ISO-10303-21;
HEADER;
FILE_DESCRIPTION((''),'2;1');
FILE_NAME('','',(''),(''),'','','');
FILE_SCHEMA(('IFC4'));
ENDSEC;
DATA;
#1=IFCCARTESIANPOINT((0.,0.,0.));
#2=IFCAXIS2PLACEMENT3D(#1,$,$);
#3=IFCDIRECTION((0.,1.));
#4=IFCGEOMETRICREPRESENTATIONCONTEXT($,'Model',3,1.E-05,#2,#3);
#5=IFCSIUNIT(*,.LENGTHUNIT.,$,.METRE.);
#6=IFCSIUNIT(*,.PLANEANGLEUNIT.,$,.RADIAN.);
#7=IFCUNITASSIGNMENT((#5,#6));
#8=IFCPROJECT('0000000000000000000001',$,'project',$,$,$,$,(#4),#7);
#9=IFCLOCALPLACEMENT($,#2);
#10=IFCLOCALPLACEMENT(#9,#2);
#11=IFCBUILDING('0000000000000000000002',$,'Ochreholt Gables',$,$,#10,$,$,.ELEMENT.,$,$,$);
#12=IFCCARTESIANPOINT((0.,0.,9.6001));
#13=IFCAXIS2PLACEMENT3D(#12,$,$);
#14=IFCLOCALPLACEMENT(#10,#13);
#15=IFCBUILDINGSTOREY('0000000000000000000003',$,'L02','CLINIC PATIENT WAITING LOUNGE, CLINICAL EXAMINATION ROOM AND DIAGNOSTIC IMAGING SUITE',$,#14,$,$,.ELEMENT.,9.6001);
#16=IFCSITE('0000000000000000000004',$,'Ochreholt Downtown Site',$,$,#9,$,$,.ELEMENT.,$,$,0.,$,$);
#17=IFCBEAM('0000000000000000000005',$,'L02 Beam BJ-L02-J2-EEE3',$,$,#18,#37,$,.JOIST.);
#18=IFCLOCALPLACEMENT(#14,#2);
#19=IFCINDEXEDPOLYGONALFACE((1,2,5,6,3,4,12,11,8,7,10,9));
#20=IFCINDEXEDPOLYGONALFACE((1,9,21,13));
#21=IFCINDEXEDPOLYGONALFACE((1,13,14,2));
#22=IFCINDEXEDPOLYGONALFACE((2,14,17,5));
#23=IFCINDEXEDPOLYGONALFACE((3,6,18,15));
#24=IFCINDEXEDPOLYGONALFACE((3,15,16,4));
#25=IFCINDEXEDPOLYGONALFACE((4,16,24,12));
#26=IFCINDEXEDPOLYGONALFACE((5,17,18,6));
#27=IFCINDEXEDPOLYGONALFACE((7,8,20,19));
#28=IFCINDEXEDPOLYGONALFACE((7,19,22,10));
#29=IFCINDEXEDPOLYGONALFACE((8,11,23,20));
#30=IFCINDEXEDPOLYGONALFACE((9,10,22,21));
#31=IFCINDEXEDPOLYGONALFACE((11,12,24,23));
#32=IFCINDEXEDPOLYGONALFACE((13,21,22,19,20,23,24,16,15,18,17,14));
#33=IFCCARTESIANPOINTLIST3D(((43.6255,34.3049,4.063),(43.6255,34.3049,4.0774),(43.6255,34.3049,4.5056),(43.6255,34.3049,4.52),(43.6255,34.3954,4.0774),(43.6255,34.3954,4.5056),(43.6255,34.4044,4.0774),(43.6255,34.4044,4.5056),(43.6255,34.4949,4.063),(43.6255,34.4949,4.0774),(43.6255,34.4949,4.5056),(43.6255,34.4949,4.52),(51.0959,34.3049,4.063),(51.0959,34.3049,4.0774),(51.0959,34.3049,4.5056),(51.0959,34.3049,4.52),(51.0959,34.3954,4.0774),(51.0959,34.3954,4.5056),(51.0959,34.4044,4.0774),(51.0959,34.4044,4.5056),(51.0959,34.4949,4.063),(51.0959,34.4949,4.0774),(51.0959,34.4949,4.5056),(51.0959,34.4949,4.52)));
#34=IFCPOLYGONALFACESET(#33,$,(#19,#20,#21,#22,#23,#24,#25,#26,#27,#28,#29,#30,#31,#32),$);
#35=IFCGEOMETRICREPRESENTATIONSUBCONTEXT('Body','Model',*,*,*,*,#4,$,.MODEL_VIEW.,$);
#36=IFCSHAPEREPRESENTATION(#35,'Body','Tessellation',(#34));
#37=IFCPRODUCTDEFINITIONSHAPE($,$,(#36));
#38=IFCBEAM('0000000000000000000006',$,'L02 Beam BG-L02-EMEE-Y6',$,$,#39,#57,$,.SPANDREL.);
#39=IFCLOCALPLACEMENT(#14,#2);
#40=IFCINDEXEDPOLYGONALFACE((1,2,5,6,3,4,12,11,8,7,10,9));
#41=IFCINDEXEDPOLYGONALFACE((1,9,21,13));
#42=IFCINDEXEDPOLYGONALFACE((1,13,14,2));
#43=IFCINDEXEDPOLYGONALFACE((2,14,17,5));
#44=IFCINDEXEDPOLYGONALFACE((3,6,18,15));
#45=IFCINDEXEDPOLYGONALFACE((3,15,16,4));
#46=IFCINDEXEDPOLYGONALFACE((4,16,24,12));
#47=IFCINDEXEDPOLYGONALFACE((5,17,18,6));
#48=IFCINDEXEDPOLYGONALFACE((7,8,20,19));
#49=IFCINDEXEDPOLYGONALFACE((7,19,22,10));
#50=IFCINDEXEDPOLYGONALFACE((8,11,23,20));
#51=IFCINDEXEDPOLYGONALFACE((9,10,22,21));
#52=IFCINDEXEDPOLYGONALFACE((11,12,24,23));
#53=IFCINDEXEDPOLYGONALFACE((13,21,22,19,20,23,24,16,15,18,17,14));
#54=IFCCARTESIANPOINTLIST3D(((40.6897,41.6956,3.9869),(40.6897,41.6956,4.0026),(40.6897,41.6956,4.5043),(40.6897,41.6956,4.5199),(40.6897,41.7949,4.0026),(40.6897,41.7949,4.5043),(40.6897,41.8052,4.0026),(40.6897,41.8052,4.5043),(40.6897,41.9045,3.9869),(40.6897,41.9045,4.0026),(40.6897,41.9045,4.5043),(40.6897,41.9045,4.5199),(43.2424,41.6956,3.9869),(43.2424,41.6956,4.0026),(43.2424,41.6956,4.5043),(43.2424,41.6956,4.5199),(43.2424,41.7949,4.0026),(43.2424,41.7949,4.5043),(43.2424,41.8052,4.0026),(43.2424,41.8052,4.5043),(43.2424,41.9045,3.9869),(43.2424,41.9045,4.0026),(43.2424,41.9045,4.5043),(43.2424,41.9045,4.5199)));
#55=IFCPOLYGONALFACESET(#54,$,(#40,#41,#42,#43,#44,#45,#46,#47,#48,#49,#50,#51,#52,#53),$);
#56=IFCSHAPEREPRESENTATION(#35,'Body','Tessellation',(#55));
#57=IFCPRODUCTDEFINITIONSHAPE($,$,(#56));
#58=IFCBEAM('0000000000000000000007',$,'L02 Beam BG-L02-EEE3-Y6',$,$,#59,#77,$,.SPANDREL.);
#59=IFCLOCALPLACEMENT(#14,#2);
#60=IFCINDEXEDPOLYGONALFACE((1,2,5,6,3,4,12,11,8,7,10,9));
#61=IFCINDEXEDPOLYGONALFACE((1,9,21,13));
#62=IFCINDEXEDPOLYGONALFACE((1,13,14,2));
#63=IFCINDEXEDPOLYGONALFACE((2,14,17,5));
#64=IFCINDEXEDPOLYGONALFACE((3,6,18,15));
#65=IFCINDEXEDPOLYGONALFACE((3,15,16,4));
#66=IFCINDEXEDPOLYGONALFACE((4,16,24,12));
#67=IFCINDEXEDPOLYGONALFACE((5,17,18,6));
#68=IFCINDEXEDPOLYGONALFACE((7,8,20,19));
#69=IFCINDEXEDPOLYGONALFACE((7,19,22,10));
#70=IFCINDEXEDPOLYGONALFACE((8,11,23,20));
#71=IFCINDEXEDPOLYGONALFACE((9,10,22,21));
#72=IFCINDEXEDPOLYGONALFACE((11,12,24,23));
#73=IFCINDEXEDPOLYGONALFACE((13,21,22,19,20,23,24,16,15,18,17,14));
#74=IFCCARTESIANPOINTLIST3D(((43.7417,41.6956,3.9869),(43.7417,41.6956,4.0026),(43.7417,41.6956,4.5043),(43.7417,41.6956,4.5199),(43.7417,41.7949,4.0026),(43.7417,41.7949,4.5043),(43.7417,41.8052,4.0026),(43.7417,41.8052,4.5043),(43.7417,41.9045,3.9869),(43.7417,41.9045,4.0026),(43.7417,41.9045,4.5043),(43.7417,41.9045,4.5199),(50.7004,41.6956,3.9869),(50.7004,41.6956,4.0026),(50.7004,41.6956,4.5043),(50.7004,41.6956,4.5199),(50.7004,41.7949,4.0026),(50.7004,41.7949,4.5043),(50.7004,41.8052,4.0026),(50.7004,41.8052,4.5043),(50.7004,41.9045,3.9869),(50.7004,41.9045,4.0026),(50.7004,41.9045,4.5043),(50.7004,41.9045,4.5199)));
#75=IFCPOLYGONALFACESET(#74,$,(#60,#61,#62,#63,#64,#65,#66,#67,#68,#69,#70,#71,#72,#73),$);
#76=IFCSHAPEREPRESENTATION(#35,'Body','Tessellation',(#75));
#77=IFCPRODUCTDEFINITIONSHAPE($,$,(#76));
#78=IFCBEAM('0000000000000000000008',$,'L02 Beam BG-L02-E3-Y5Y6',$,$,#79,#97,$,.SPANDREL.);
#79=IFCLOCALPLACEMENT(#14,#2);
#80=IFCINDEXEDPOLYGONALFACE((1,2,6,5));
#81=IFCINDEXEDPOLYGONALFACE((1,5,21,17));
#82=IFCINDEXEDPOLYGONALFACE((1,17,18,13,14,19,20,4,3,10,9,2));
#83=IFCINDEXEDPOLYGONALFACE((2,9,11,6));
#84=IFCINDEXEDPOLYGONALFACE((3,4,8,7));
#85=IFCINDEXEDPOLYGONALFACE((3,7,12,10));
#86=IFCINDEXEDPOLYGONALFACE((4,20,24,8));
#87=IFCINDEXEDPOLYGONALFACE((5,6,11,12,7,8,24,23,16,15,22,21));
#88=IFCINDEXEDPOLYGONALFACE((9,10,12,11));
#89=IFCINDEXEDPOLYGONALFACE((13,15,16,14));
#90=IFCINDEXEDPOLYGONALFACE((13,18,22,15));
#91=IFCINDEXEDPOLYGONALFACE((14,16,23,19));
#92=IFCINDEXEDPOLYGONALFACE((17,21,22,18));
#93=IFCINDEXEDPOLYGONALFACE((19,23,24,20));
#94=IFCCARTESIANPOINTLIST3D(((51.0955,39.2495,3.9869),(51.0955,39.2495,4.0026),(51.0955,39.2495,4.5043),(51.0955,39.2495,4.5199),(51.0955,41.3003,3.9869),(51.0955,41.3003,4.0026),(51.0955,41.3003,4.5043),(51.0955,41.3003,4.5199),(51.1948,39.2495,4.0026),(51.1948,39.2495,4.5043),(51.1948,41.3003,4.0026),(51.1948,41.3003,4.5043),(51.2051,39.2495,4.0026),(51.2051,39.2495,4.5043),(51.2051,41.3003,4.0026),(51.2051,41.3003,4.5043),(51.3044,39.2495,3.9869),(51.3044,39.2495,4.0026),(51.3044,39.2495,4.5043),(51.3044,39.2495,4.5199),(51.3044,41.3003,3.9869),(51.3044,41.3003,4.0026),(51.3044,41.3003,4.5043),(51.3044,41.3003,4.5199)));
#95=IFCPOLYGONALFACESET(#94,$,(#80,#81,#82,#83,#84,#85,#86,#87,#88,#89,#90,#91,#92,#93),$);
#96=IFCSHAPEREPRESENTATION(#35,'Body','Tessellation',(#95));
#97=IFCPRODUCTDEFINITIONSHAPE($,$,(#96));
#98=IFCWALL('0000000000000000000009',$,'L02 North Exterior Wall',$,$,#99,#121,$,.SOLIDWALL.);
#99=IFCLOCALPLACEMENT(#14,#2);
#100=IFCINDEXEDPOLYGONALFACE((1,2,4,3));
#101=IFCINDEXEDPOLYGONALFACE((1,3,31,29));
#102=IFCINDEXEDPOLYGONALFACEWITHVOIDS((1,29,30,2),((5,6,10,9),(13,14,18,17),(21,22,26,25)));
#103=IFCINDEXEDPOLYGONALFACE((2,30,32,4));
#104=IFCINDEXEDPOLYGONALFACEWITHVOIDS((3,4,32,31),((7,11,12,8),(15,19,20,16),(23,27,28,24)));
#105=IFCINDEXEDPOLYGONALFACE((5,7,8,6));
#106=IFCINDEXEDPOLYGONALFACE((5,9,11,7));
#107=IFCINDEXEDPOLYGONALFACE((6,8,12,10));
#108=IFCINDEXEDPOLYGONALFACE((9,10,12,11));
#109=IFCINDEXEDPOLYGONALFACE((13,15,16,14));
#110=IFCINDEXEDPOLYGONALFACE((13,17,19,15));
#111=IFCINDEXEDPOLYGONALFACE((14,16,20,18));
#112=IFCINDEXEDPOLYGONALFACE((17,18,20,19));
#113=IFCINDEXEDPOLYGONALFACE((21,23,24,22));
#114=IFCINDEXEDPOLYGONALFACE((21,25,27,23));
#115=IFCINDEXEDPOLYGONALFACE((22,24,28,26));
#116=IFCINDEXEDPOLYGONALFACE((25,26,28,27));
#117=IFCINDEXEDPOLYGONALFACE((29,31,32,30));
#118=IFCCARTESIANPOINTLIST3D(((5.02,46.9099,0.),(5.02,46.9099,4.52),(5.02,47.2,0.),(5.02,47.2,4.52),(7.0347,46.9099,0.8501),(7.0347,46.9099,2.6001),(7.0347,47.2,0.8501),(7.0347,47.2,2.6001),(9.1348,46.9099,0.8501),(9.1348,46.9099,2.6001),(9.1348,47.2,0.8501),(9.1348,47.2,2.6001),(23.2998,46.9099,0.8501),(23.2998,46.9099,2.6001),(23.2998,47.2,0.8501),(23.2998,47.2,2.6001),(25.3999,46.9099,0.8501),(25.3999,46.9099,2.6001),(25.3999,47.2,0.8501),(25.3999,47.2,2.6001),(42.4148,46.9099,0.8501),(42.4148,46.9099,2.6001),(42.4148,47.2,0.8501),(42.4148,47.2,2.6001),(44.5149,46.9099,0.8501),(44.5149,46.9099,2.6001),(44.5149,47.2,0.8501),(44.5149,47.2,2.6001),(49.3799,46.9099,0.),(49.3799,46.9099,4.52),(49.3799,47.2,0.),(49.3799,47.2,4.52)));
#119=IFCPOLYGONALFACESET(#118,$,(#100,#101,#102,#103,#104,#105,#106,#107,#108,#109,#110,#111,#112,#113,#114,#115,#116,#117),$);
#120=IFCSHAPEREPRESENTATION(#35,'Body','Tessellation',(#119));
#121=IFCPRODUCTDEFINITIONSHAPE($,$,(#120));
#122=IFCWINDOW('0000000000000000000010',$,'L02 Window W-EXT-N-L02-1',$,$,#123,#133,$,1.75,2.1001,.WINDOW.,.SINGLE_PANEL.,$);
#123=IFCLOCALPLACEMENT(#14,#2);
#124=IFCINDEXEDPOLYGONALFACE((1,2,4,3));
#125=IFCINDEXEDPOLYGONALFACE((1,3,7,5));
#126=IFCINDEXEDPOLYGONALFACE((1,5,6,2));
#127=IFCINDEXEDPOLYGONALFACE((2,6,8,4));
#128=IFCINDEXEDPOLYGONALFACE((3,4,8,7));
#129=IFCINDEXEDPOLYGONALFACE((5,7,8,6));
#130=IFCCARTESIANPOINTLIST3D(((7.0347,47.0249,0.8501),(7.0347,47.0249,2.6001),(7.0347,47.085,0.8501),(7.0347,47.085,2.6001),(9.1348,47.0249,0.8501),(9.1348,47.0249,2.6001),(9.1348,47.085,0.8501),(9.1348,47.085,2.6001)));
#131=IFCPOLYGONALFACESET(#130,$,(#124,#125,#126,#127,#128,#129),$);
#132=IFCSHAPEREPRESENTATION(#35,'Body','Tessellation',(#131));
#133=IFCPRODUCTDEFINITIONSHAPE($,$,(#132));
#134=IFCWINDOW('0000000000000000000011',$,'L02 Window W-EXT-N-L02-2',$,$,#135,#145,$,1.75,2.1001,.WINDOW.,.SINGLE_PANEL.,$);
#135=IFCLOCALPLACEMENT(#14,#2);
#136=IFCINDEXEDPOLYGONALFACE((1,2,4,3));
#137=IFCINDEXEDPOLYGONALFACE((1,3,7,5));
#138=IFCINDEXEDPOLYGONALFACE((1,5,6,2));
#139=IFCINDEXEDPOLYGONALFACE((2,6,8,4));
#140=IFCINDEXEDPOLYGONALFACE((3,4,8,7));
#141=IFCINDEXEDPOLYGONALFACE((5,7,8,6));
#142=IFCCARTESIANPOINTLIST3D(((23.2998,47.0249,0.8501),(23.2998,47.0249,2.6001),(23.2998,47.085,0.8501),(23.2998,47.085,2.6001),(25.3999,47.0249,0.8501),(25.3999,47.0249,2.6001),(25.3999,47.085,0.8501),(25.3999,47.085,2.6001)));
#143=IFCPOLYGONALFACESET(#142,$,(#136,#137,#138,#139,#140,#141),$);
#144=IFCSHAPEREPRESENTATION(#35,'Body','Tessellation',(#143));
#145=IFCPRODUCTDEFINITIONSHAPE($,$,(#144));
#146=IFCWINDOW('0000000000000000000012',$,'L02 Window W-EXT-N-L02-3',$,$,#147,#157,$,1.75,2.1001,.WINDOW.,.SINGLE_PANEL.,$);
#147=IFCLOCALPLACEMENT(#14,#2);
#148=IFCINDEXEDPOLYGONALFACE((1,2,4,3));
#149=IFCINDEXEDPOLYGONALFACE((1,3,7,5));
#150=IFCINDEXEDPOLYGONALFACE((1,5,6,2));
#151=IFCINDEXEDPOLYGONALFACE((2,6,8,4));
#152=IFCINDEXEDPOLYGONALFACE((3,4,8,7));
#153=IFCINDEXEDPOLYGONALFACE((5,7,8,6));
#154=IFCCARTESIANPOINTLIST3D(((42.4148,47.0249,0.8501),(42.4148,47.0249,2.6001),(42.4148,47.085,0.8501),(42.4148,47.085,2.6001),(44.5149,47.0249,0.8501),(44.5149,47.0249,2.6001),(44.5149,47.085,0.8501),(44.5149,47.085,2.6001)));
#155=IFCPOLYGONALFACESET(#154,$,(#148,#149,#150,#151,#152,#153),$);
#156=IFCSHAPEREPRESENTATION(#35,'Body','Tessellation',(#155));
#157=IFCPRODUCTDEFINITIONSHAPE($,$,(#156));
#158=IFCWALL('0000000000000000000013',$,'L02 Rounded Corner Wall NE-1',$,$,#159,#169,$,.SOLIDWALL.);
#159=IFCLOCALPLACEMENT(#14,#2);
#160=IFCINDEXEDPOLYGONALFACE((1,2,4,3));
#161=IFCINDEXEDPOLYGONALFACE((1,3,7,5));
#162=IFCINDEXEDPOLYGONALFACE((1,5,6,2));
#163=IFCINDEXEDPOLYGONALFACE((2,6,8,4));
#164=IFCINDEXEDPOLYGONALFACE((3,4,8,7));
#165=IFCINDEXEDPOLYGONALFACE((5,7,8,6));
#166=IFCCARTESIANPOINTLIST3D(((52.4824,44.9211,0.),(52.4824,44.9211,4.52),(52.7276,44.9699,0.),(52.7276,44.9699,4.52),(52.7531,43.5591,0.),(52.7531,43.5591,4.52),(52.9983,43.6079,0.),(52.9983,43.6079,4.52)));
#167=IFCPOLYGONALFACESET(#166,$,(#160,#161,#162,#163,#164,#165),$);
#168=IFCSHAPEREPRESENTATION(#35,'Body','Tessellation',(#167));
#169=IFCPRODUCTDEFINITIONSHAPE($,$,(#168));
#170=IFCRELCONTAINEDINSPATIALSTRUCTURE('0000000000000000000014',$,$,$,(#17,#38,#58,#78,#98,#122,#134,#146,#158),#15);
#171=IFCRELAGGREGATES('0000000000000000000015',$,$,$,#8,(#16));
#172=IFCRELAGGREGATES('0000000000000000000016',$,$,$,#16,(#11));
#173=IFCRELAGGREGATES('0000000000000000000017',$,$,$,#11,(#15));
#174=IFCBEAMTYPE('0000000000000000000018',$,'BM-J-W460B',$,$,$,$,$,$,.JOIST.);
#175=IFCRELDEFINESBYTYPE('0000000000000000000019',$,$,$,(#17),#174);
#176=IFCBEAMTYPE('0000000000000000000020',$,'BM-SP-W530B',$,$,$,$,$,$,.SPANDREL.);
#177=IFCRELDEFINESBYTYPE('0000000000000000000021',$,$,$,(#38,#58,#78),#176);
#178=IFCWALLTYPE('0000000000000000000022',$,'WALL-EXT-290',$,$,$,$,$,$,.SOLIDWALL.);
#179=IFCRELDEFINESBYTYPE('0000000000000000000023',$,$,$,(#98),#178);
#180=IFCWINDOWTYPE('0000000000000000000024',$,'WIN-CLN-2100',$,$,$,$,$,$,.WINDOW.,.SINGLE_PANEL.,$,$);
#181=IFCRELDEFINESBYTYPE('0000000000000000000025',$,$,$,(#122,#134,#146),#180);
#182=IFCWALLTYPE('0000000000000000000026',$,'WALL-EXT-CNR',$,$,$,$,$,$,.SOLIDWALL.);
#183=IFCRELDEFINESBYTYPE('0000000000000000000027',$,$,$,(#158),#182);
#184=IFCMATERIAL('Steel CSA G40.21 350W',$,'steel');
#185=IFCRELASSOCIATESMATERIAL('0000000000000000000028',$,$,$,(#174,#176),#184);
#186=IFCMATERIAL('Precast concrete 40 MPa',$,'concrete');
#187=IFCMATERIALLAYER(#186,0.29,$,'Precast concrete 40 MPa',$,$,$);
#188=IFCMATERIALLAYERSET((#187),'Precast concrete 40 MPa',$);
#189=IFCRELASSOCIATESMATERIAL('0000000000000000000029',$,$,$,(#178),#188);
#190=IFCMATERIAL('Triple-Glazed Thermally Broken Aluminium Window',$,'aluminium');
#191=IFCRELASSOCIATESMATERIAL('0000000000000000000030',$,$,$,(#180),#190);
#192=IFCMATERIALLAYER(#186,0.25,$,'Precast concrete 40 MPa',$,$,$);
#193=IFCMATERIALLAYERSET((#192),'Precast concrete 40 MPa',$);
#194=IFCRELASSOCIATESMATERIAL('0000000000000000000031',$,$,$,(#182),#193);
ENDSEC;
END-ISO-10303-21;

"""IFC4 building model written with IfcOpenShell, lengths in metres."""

from ifc_helpers import new_model, si_unit, direction, frame, frame_2d, origin, origin_2d, place, context, subcontext, project, spatial, rectangle, i_section, extrude, material, layer, layer_set, material_profile, profile_set, type_object, element, fill, save


model = new_model("IFC4")

# Units and contexts
model_context = context("Model", 3, precision=1e-05, world=origin(), true_north=direction((0.0, 1.0)))
body_context = subcontext(model_context, "Body", "Model", "MODEL_VIEW")
ifc_project = project(units=[si_unit("LENGTHUNIT", "METRE"), si_unit("PLANEANGLEUNIT", "RADIAN")], contexts=[model_context])

# Site, building, storey
site_placement = place(None, origin())
site = spatial("IfcSite", under=ifc_project, at=site_placement, Name="Ochreholt Downtown Site", CompositionType="ELEMENT", RefElevation=0.0)
building_placement = place(site_placement, origin())
building = spatial("IfcBuilding", under=site, at=building_placement, Name="Ochreholt Gables", CompositionType="ELEMENT")
storey_placement = place(building_placement, frame((0.0, 0.0, 9.6001)))
storey = spatial("IfcBuildingStorey", under=building, at=storey_placement, Name="L02", Description="CLINIC PATIENT WAITING LOUNGE, CLINICAL EXAMINATION ROOM AND DIAGNOSTIC IMAGING SUITE", CompositionType="ELEMENT", Elevation=9.6001)

# Shared definitions
ifc_material_1 = material(Name="Steel CSA G40.21 350W", Category="steel")

# Beams
ifc_material_profile_1 = material_profile(ifc_material_1, i_section(OverallWidth=0.1899, OverallDepth=0.457, WebThickness=0.009, FlangeThickness=0.0144, at=origin_2d()), Name="W460X74")
ifc_profile_set_1 = profile_set([ifc_material_profile_1], Name="Steel CSA G40.21 350W")
beam_type_1 = type_object("IfcBeamType", Name="BM-J-W460B", PredefinedType="JOIST", material=ifc_profile_set_1)
beam_1_placement = place(storey_placement, frame((43.6255, 34.3999, 4.2915), z_axis=(1.0, 0.0, 0.0), x_axis=(0.0, 1.0, 0.0)))
element("IfcBeam", 1, at=beam_1_placement, inside=storey, type_object=beam_type_1, Name="L02 Beam BJ-L02-J2-EEE3", PredefinedType="JOIST", context=body_context, shape_type="SweptSolid", body=[
    extrude(i_section(OverallWidth=0.1899, OverallDepth=0.457, WebThickness=0.009, FlangeThickness=0.0144, at=origin_2d()), origin(), (0.0, 0.0, 1.0), 7.4705),
])
ifc_material_profile_2 = material_profile(ifc_material_1, i_section(OverallWidth=0.209, OverallDepth=0.533, WebThickness=0.0103, FlangeThickness=0.0156, at=origin_2d()), Name="W530X92")
ifc_profile_set_2 = profile_set([ifc_material_profile_2], Name="Steel CSA G40.21 350W")
beam_type_2 = type_object("IfcBeamType", Name="BM-SP-W530B", PredefinedType="SPANDREL", material=ifc_profile_set_2)
beam_2_placement = place(storey_placement, frame((40.6897, 41.8, 4.2534), z_axis=(1.0, 0.0, 0.0), x_axis=(0.0, 1.0, 0.0)))
element("IfcBeam", 2, at=beam_2_placement, inside=storey, type_object=beam_type_2, Name="L02 Beam BG-L02-EMEE-Y6", PredefinedType="SPANDREL", context=body_context, shape_type="SweptSolid", body=[
    extrude(i_section(OverallWidth=0.209, OverallDepth=0.533, WebThickness=0.0103, FlangeThickness=0.0156, at=origin_2d()), origin(), (0.0, 0.0, 1.0), 2.5527),
])
beam_3_placement = place(storey_placement, frame((43.7417, 41.8, 4.2534), z_axis=(1.0, 0.0, 0.0), x_axis=(0.0, 1.0, 0.0)))
element("IfcBeam", 3, at=beam_3_placement, inside=storey, type_object=beam_type_2, Name="L02 Beam BG-L02-EEE3-Y6", PredefinedType="SPANDREL", context=body_context, shape_type="SweptSolid", body=[
    extrude(i_section(OverallWidth=0.209, OverallDepth=0.533, WebThickness=0.0103, FlangeThickness=0.0156, at=origin_2d()), origin(), (0.0, 0.0, 1.0), 6.9587),
])
beam_4_placement = place(storey_placement, frame((51.2, 39.2495, 4.2534), z_axis=(0.0, 1.0, 0.0), x_axis=(-1.0, 0.0, 0.0)))
element("IfcBeam", 4, at=beam_4_placement, inside=storey, type_object=beam_type_2, Name="L02 Beam BG-L02-E3-Y5Y6", PredefinedType="SPANDREL", context=body_context, shape_type="SweptSolid", body=[
    extrude(i_section(OverallWidth=0.209, OverallDepth=0.533, WebThickness=0.0103, FlangeThickness=0.0156, at=origin_2d()), origin(), (0.0, 0.0, 1.0), 2.0508),
])

# Wall, openings, windows
ifc_material_2 = material(Name="Precast concrete 40 MPa", Category="concrete")
ifc_layer_1 = layer(ifc_material_2, 0.29, Name="Precast concrete 40 MPa")
ifc_layer_set_1 = layer_set([ifc_layer_1], Name="Precast concrete 40 MPa")
wall_type_1 = type_object("IfcWallType", Name="WALL-EXT-290", PredefinedType="SOLIDWALL", material=ifc_layer_set_1)
wall_1_placement = place(storey_placement, frame((49.3799, 47.0549, 0.0), z_axis=(0.0, 0.0, 1.0), x_axis=(-1.0, 0.0, 0.0)))
wall_1 = element("IfcWall", 5, at=wall_1_placement, inside=storey, type_object=wall_type_1, Name="L02 North Exterior Wall", PredefinedType="SOLIDWALL", context=body_context, shape_type="SweptSolid", body=[
    extrude(rectangle(XDim=44.3599, YDim=0.29, at=frame_2d((22.1799, 0.0))), origin(), (0.0, 0.0, 1.0), 4.52),
])
opening_1_placement = place(wall_1_placement, frame((40.2451, 0.0, 0.8501)))
opening_1 = element("IfcOpeningElement", 6, at=opening_1_placement, cuts=wall_1, PredefinedType="OPENING", context=body_context, shape_type="SweptSolid", body=[
    extrude(rectangle(XDim=2.1001, YDim=1.75, at=frame_2d((1.05, 0.875))), frame((0.0, 0.155, 0.0), z_axis=(0.0, -1.0, 0.0), x_axis=(1.0, 0.0, 0.0)), (0.0, 0.0, 1.0), 0.3101),
])
opening_2_placement = place(wall_1_placement, frame((23.98, 0.0, 0.8501)))
opening_2 = element("IfcOpeningElement", 7, at=opening_2_placement, cuts=wall_1, PredefinedType="OPENING", context=body_context, shape_type="SweptSolid", body=[
    extrude(rectangle(XDim=2.1001, YDim=1.75, at=frame_2d((1.05, 0.875))), frame((0.0, 0.155, 0.0), z_axis=(0.0, -1.0, 0.0), x_axis=(1.0, 0.0, 0.0)), (0.0, 0.0, 1.0), 0.3101),
])
opening_3_placement = place(wall_1_placement, frame((4.865, 0.0, 0.8501)))
opening_3 = element("IfcOpeningElement", 8, at=opening_3_placement, cuts=wall_1, PredefinedType="OPENING", context=body_context, shape_type="SweptSolid", body=[
    extrude(rectangle(XDim=2.1001, YDim=1.75, at=frame_2d((1.05, 0.875))), frame((0.0, 0.155, 0.0), z_axis=(0.0, -1.0, 0.0), x_axis=(1.0, 0.0, 0.0)), (0.0, 0.0, 1.0), 0.3101),
])
ifc_material_3 = material(Name="Triple-Glazed Thermally Broken Aluminium Window", Category="aluminium")
window_type = type_object("IfcWindowType", Name="WIN-CLN-2100", PartitioningType="SINGLE_PANEL", PredefinedType="WINDOW", material=ifc_material_3)
window_1_placement = place(opening_1_placement, origin())
window_1 = element("IfcWindow", 9, at=window_1_placement, inside=storey, type_object=window_type, Name="L02 Window W-EXT-N-L02-1", OverallHeight=1.75, OverallWidth=2.1001, PartitioningType="SINGLE_PANEL", PredefinedType="WINDOW", context=body_context, shape_type="SweptSolid", body=[
    extrude(rectangle(XDim=2.1001, YDim=1.75, at=frame_2d((1.05, 0.875))), frame((0.0, 0.03, 0.0), z_axis=(0.0, -1.0, 0.0), x_axis=(1.0, 0.0, 0.0)), (0.0, 0.0, 1.0), 0.0601),
])
fill(opening_1, window_1)
window_2_placement = place(opening_2_placement, origin())
window_2 = element("IfcWindow", 10, at=window_2_placement, inside=storey, type_object=window_type, Name="L02 Window W-EXT-N-L02-2", OverallHeight=1.75, OverallWidth=2.1001, PartitioningType="SINGLE_PANEL", PredefinedType="WINDOW", context=body_context, shape_type="SweptSolid", body=[
    extrude(rectangle(XDim=2.1001, YDim=1.75, at=frame_2d((1.05, 0.875))), frame((0.0, 0.03, 0.0), z_axis=(0.0, -1.0, 0.0), x_axis=(1.0, 0.0, 0.0)), (0.0, 0.0, 1.0), 0.0601),
])
fill(opening_2, window_2)
window_3_placement = place(opening_3_placement, origin())
window_3 = element("IfcWindow", 11, at=window_3_placement, inside=storey, type_object=window_type, Name="L02 Window W-EXT-N-L02-3", OverallHeight=1.75, OverallWidth=2.1001, PartitioningType="SINGLE_PANEL", PredefinedType="WINDOW", context=body_context, shape_type="SweptSolid", body=[
    extrude(rectangle(XDim=2.1001, YDim=1.75, at=frame_2d((1.05, 0.875))), frame((0.0, 0.03, 0.0), z_axis=(0.0, -1.0, 0.0), x_axis=(1.0, 0.0, 0.0)), (0.0, 0.0, 1.0), 0.0601),
])
fill(opening_3, window_3)

# Wall
ifc_layer_2 = layer(ifc_material_2, 0.25, Name="Precast concrete 40 MPa")
ifc_layer_set_2 = layer_set([ifc_layer_2], Name="Precast concrete 40 MPa")
wall_type_2 = type_object("IfcWallType", Name="WALL-EXT-CNR", PredefinedType="SOLIDWALL", material=ifc_layer_set_2)
wall_2_placement = place(storey_placement, frame((52.8757, 43.5835, 0.0), z_axis=(0.0, 0.0, 1.0), x_axis=(-0.194967, 0.98081, 0.0)))
element("IfcWall", 12, at=wall_2_placement, inside=storey, type_object=wall_type_2, Name="L02 Rounded Corner Wall NE-1", PredefinedType="SOLIDWALL", context=body_context, shape_type="SweptSolid", body=[
    extrude(rectangle(XDim=1.3887, YDim=0.25, at=frame_2d((0.6943, 0.0))), origin(), (0.0, 0.0, 1.0), 4.52),
])

save(model, "model.ifc")
